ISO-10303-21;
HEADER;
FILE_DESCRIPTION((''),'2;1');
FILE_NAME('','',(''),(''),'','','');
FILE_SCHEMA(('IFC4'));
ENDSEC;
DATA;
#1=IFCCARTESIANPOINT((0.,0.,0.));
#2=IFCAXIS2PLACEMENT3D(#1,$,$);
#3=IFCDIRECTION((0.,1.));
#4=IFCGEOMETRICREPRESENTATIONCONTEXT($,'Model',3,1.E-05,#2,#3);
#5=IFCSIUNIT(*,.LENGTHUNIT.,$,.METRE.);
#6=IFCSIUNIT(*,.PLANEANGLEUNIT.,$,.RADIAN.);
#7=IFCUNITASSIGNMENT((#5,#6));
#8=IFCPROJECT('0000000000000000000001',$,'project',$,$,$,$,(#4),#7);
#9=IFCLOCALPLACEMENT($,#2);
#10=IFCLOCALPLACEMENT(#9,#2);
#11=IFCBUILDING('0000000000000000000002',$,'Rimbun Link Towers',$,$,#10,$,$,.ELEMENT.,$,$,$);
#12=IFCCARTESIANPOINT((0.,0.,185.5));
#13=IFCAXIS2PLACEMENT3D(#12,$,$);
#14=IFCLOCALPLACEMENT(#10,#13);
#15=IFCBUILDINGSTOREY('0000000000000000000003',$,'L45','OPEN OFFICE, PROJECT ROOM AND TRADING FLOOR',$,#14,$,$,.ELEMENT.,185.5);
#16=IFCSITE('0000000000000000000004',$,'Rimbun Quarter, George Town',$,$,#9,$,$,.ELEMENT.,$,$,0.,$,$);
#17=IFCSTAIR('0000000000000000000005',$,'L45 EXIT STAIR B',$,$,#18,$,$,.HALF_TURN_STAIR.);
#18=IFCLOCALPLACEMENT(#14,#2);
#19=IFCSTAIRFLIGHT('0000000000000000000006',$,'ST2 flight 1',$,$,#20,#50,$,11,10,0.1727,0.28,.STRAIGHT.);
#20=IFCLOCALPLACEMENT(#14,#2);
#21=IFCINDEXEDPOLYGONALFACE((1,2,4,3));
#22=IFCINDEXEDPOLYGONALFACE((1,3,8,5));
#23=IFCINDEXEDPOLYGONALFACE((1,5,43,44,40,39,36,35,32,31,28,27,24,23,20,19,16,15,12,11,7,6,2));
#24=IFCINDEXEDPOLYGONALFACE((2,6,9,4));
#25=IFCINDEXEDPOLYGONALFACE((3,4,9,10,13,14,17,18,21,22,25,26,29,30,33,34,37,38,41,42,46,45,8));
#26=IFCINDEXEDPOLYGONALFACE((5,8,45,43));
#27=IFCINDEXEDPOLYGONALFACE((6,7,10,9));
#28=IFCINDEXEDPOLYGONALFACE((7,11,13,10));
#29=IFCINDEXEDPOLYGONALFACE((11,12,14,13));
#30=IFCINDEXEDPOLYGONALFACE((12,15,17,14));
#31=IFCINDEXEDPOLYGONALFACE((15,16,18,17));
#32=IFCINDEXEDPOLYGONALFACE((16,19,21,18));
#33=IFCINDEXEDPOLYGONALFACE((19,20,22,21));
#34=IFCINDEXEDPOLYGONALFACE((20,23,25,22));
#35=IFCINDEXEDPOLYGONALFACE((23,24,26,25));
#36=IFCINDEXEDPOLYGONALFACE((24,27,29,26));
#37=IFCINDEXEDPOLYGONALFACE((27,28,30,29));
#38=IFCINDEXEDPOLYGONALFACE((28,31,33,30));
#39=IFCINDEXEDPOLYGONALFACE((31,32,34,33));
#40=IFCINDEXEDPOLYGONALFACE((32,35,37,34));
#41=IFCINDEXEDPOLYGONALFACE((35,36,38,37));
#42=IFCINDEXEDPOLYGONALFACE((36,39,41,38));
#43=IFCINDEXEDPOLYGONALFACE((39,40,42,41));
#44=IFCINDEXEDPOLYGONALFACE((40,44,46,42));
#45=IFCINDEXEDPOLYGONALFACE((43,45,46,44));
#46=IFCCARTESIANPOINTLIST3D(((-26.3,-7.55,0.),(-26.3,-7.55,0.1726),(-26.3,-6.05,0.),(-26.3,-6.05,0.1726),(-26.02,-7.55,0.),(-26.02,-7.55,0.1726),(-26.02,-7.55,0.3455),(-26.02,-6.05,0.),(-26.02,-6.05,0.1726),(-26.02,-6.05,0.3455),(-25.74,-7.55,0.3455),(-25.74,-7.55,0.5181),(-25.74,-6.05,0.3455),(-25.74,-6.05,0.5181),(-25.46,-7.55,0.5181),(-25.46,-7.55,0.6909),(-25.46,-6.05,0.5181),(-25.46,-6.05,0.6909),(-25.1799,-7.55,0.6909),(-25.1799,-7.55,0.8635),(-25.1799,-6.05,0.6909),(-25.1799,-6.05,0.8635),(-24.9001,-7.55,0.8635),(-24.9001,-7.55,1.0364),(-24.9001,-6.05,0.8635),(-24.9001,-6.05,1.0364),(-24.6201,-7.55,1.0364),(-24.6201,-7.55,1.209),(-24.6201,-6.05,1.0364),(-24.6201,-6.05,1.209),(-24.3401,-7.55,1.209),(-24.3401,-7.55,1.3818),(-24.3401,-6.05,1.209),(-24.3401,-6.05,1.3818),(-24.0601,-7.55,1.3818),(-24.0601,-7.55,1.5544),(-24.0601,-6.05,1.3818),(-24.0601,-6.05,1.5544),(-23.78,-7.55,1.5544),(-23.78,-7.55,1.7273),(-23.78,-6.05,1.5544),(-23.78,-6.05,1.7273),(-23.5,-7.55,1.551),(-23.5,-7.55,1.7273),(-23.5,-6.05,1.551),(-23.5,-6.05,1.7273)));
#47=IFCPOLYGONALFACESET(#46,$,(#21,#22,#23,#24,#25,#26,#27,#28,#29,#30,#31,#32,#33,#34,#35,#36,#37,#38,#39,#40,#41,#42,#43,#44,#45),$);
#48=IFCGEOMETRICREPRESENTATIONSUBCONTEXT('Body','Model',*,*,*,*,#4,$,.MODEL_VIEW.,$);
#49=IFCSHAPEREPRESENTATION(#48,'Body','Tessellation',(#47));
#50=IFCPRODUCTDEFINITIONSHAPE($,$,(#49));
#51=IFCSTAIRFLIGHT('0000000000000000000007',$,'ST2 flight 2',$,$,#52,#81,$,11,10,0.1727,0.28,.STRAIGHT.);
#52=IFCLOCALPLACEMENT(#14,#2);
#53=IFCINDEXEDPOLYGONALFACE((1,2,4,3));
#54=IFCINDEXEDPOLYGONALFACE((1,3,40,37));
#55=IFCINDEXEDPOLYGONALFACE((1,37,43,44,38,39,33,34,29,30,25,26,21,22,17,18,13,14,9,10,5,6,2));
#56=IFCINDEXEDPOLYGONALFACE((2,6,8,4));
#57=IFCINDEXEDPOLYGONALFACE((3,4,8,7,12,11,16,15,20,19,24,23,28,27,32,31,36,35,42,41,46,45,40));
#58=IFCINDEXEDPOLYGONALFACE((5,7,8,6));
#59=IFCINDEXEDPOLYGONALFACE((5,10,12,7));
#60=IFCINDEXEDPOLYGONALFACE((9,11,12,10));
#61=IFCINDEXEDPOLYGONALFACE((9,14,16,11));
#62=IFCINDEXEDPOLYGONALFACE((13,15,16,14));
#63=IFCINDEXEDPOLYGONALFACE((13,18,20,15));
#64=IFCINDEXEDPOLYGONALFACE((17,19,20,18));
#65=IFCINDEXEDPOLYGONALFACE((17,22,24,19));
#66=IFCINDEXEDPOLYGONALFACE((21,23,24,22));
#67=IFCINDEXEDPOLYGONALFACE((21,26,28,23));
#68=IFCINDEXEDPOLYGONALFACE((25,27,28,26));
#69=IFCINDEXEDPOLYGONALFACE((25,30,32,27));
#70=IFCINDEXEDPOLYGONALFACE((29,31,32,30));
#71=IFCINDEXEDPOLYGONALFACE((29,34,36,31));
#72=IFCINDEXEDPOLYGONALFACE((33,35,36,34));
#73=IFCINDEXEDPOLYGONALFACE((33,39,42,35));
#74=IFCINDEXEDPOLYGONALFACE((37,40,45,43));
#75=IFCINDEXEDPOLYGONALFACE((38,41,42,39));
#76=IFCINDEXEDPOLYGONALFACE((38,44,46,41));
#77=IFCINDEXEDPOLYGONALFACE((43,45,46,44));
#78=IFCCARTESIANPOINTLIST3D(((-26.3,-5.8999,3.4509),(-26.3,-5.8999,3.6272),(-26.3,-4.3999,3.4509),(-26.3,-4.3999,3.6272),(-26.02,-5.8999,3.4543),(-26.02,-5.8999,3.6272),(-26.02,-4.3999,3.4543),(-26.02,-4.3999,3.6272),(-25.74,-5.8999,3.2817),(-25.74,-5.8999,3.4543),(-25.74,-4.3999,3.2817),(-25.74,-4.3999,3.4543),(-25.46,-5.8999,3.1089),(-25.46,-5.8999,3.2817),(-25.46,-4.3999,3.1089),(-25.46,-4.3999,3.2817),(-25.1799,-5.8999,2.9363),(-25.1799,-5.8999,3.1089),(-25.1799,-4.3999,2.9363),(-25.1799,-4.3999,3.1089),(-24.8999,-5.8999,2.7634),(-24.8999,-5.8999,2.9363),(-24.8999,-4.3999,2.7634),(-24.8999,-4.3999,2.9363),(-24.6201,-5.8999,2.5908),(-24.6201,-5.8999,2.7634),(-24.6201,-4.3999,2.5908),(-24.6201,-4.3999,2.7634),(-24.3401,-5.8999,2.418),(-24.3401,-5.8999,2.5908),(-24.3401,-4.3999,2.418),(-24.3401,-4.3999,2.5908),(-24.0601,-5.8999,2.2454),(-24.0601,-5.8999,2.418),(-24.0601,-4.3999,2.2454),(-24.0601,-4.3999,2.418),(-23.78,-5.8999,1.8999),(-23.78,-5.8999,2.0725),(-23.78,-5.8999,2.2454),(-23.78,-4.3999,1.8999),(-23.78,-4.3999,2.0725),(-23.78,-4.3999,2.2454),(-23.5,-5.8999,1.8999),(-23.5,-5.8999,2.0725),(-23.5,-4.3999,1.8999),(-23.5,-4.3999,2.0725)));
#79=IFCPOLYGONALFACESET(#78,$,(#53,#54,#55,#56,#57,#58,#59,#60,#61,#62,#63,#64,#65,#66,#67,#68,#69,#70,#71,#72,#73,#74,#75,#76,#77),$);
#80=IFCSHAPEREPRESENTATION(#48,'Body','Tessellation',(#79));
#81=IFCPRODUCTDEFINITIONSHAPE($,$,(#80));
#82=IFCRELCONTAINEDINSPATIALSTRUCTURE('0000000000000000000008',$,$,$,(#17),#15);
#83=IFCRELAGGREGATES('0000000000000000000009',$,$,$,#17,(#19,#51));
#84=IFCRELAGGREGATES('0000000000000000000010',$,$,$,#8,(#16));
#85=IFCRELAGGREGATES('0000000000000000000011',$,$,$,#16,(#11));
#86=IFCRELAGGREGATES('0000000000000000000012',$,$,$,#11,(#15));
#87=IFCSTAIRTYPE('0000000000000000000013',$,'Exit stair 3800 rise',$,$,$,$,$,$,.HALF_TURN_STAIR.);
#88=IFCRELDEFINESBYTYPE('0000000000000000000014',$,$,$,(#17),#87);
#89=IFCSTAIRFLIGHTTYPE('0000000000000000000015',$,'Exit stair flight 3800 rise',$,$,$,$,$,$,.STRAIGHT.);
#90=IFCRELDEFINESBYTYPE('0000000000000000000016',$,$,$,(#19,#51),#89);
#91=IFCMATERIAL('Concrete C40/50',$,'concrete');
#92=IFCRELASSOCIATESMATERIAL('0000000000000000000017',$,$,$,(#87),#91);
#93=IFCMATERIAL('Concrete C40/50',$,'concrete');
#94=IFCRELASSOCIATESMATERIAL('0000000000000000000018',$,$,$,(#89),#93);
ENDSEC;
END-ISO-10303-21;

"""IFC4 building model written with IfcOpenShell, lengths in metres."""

from ifc_helpers import new_model, si_unit, direction, frame, origin, place, context, subcontext, project, spatial, polyline, outline, extrude, material, type_object, element, aggregate, save


model = new_model("IFC4")

# Units and contexts
model_context = context("Model", 3, precision=1e-05, world=origin(), true_north=direction((0.0, 1.0)))
body_context = subcontext(model_context, "Body", "Model", "MODEL_VIEW")
ifc_project = project(units=[si_unit("LENGTHUNIT", "METRE"), si_unit("PLANEANGLEUNIT", "RADIAN")], contexts=[model_context])

# Site, building, storey
site_placement = place(None, origin())
site = spatial("IfcSite", under=ifc_project, at=site_placement, Name="Rimbun Quarter, George Town", CompositionType="ELEMENT", RefElevation=0.0)
building_placement = place(site_placement, origin())
building = spatial("IfcBuilding", under=site, at=building_placement, Name="Rimbun Link Towers", CompositionType="ELEMENT")
storey_placement = place(building_placement, frame((0.0, 0.0, 185.5)))
storey = spatial("IfcBuildingStorey", under=building, at=storey_placement, Name="L45", Description="OPEN OFFICE, PROJECT ROOM AND TRADING FLOOR", CompositionType="ELEMENT", Elevation=185.5)

# Stair, stair flights
ifc_material_1 = material(Name="Concrete C40/50", Category="concrete")
stair_type = type_object("IfcStairType", Name="Exit stair 3800 rise", PredefinedType="HALF_TURN_STAIR", material=ifc_material_1)
stair_placement = place(storey_placement, origin())
stair = element("IfcStair", 1, at=stair_placement, inside=storey, type_object=stair_type, Name="L45 EXIT STAIR B", PredefinedType="HALF_TURN_STAIR")
ifc_material_2 = material(Name="Concrete C40/50", Category="concrete")
stair_flight_type = type_object("IfcStairFlightType", Name="Exit stair flight 3800 rise", PredefinedType="STRAIGHT", material=ifc_material_2)
stair_flight_1_placement = place(storey_placement, frame((-26.3, -6.8, 0.0), z_axis=(0.0, 0.0, 1.0), x_axis=(1.0, 0.0, 0.0)))
stair_flight_1 = element("IfcStairFlight", 2, at=stair_flight_1_placement, type_object=stair_flight_type, Name="ST2 flight 1", NumberOfRisers=11, NumberOfTreads=10, PredefinedType="STRAIGHT", RiserHeight=0.1727, TreadLength=0.28, context=body_context, shape_type="SweptSolid", body=[
    extrude(outline(polyline([(0.0, 0.0), (0.0, 0.1726), (0.28, 0.1726), (0.28, 0.3455), (0.5601, 0.3455), (0.5601, 0.5181), (0.8401, 0.5181), (0.8401, 0.6909), (1.1201, 0.6909), (1.1201, 0.8635), (1.3999, 0.8635), (1.3999, 1.0364), (1.6799, 1.0364), (1.6799, 1.209), (1.96, 1.209), (1.96, 1.3818), (2.24, 1.3818), (2.24, 1.5544), (2.52, 1.5544), (2.52, 1.7273), (2.8, 1.7273), (2.8, 1.8999), (2.8, 1.551), (0.28, 0.0), (0.0, 0.0)])), frame((0.0, 0.75, 0.0), z_axis=(0.0, -1.0, 0.0), x_axis=(1.0, 0.0, 0.0)), (0.0, 0.0, 1.0), 1.5),
])
stair_flight_2_placement = place(storey_placement, frame((-23.5, -5.1499, 1.8999), z_axis=(0.0, 0.0, 1.0), x_axis=(-1.0, 0.0, 0.0)))
stair_flight_2 = element("IfcStairFlight", 3, at=stair_flight_2_placement, type_object=stair_flight_type, Name="ST2 flight 2", NumberOfRisers=11, NumberOfTreads=10, PredefinedType="STRAIGHT", RiserHeight=0.1727, TreadLength=0.28, context=body_context, shape_type="SweptSolid", body=[
    extrude(outline(polyline([(0.0, 0.0), (0.0, 0.1726), (0.28, 0.1726), (0.28, 0.3455), (0.5601, 0.3455), (0.5601, 0.5181), (0.8401, 0.5181), (0.8401, 0.6909), (1.1201, 0.6909), (1.1201, 0.8635), (1.3999, 0.8635), (1.3999, 1.0364), (1.6799, 1.0364), (1.6799, 1.209), (1.96, 1.209), (1.96, 1.3818), (2.24, 1.3818), (2.24, 1.5544), (2.52, 1.5544), (2.52, 1.7273), (2.8, 1.7273), (2.8, 1.8999), (2.8, 1.551), (0.28, 0.0), (0.0, 0.0)])), frame((0.0, 0.75, 0.0), z_axis=(0.0, -1.0, 0.0), x_axis=(1.0, 0.0, 0.0)), (0.0, 0.0, 1.0), 1.5),
])
aggregate(stair, [stair_flight_1, stair_flight_2])

save(model, "model.ifc")
